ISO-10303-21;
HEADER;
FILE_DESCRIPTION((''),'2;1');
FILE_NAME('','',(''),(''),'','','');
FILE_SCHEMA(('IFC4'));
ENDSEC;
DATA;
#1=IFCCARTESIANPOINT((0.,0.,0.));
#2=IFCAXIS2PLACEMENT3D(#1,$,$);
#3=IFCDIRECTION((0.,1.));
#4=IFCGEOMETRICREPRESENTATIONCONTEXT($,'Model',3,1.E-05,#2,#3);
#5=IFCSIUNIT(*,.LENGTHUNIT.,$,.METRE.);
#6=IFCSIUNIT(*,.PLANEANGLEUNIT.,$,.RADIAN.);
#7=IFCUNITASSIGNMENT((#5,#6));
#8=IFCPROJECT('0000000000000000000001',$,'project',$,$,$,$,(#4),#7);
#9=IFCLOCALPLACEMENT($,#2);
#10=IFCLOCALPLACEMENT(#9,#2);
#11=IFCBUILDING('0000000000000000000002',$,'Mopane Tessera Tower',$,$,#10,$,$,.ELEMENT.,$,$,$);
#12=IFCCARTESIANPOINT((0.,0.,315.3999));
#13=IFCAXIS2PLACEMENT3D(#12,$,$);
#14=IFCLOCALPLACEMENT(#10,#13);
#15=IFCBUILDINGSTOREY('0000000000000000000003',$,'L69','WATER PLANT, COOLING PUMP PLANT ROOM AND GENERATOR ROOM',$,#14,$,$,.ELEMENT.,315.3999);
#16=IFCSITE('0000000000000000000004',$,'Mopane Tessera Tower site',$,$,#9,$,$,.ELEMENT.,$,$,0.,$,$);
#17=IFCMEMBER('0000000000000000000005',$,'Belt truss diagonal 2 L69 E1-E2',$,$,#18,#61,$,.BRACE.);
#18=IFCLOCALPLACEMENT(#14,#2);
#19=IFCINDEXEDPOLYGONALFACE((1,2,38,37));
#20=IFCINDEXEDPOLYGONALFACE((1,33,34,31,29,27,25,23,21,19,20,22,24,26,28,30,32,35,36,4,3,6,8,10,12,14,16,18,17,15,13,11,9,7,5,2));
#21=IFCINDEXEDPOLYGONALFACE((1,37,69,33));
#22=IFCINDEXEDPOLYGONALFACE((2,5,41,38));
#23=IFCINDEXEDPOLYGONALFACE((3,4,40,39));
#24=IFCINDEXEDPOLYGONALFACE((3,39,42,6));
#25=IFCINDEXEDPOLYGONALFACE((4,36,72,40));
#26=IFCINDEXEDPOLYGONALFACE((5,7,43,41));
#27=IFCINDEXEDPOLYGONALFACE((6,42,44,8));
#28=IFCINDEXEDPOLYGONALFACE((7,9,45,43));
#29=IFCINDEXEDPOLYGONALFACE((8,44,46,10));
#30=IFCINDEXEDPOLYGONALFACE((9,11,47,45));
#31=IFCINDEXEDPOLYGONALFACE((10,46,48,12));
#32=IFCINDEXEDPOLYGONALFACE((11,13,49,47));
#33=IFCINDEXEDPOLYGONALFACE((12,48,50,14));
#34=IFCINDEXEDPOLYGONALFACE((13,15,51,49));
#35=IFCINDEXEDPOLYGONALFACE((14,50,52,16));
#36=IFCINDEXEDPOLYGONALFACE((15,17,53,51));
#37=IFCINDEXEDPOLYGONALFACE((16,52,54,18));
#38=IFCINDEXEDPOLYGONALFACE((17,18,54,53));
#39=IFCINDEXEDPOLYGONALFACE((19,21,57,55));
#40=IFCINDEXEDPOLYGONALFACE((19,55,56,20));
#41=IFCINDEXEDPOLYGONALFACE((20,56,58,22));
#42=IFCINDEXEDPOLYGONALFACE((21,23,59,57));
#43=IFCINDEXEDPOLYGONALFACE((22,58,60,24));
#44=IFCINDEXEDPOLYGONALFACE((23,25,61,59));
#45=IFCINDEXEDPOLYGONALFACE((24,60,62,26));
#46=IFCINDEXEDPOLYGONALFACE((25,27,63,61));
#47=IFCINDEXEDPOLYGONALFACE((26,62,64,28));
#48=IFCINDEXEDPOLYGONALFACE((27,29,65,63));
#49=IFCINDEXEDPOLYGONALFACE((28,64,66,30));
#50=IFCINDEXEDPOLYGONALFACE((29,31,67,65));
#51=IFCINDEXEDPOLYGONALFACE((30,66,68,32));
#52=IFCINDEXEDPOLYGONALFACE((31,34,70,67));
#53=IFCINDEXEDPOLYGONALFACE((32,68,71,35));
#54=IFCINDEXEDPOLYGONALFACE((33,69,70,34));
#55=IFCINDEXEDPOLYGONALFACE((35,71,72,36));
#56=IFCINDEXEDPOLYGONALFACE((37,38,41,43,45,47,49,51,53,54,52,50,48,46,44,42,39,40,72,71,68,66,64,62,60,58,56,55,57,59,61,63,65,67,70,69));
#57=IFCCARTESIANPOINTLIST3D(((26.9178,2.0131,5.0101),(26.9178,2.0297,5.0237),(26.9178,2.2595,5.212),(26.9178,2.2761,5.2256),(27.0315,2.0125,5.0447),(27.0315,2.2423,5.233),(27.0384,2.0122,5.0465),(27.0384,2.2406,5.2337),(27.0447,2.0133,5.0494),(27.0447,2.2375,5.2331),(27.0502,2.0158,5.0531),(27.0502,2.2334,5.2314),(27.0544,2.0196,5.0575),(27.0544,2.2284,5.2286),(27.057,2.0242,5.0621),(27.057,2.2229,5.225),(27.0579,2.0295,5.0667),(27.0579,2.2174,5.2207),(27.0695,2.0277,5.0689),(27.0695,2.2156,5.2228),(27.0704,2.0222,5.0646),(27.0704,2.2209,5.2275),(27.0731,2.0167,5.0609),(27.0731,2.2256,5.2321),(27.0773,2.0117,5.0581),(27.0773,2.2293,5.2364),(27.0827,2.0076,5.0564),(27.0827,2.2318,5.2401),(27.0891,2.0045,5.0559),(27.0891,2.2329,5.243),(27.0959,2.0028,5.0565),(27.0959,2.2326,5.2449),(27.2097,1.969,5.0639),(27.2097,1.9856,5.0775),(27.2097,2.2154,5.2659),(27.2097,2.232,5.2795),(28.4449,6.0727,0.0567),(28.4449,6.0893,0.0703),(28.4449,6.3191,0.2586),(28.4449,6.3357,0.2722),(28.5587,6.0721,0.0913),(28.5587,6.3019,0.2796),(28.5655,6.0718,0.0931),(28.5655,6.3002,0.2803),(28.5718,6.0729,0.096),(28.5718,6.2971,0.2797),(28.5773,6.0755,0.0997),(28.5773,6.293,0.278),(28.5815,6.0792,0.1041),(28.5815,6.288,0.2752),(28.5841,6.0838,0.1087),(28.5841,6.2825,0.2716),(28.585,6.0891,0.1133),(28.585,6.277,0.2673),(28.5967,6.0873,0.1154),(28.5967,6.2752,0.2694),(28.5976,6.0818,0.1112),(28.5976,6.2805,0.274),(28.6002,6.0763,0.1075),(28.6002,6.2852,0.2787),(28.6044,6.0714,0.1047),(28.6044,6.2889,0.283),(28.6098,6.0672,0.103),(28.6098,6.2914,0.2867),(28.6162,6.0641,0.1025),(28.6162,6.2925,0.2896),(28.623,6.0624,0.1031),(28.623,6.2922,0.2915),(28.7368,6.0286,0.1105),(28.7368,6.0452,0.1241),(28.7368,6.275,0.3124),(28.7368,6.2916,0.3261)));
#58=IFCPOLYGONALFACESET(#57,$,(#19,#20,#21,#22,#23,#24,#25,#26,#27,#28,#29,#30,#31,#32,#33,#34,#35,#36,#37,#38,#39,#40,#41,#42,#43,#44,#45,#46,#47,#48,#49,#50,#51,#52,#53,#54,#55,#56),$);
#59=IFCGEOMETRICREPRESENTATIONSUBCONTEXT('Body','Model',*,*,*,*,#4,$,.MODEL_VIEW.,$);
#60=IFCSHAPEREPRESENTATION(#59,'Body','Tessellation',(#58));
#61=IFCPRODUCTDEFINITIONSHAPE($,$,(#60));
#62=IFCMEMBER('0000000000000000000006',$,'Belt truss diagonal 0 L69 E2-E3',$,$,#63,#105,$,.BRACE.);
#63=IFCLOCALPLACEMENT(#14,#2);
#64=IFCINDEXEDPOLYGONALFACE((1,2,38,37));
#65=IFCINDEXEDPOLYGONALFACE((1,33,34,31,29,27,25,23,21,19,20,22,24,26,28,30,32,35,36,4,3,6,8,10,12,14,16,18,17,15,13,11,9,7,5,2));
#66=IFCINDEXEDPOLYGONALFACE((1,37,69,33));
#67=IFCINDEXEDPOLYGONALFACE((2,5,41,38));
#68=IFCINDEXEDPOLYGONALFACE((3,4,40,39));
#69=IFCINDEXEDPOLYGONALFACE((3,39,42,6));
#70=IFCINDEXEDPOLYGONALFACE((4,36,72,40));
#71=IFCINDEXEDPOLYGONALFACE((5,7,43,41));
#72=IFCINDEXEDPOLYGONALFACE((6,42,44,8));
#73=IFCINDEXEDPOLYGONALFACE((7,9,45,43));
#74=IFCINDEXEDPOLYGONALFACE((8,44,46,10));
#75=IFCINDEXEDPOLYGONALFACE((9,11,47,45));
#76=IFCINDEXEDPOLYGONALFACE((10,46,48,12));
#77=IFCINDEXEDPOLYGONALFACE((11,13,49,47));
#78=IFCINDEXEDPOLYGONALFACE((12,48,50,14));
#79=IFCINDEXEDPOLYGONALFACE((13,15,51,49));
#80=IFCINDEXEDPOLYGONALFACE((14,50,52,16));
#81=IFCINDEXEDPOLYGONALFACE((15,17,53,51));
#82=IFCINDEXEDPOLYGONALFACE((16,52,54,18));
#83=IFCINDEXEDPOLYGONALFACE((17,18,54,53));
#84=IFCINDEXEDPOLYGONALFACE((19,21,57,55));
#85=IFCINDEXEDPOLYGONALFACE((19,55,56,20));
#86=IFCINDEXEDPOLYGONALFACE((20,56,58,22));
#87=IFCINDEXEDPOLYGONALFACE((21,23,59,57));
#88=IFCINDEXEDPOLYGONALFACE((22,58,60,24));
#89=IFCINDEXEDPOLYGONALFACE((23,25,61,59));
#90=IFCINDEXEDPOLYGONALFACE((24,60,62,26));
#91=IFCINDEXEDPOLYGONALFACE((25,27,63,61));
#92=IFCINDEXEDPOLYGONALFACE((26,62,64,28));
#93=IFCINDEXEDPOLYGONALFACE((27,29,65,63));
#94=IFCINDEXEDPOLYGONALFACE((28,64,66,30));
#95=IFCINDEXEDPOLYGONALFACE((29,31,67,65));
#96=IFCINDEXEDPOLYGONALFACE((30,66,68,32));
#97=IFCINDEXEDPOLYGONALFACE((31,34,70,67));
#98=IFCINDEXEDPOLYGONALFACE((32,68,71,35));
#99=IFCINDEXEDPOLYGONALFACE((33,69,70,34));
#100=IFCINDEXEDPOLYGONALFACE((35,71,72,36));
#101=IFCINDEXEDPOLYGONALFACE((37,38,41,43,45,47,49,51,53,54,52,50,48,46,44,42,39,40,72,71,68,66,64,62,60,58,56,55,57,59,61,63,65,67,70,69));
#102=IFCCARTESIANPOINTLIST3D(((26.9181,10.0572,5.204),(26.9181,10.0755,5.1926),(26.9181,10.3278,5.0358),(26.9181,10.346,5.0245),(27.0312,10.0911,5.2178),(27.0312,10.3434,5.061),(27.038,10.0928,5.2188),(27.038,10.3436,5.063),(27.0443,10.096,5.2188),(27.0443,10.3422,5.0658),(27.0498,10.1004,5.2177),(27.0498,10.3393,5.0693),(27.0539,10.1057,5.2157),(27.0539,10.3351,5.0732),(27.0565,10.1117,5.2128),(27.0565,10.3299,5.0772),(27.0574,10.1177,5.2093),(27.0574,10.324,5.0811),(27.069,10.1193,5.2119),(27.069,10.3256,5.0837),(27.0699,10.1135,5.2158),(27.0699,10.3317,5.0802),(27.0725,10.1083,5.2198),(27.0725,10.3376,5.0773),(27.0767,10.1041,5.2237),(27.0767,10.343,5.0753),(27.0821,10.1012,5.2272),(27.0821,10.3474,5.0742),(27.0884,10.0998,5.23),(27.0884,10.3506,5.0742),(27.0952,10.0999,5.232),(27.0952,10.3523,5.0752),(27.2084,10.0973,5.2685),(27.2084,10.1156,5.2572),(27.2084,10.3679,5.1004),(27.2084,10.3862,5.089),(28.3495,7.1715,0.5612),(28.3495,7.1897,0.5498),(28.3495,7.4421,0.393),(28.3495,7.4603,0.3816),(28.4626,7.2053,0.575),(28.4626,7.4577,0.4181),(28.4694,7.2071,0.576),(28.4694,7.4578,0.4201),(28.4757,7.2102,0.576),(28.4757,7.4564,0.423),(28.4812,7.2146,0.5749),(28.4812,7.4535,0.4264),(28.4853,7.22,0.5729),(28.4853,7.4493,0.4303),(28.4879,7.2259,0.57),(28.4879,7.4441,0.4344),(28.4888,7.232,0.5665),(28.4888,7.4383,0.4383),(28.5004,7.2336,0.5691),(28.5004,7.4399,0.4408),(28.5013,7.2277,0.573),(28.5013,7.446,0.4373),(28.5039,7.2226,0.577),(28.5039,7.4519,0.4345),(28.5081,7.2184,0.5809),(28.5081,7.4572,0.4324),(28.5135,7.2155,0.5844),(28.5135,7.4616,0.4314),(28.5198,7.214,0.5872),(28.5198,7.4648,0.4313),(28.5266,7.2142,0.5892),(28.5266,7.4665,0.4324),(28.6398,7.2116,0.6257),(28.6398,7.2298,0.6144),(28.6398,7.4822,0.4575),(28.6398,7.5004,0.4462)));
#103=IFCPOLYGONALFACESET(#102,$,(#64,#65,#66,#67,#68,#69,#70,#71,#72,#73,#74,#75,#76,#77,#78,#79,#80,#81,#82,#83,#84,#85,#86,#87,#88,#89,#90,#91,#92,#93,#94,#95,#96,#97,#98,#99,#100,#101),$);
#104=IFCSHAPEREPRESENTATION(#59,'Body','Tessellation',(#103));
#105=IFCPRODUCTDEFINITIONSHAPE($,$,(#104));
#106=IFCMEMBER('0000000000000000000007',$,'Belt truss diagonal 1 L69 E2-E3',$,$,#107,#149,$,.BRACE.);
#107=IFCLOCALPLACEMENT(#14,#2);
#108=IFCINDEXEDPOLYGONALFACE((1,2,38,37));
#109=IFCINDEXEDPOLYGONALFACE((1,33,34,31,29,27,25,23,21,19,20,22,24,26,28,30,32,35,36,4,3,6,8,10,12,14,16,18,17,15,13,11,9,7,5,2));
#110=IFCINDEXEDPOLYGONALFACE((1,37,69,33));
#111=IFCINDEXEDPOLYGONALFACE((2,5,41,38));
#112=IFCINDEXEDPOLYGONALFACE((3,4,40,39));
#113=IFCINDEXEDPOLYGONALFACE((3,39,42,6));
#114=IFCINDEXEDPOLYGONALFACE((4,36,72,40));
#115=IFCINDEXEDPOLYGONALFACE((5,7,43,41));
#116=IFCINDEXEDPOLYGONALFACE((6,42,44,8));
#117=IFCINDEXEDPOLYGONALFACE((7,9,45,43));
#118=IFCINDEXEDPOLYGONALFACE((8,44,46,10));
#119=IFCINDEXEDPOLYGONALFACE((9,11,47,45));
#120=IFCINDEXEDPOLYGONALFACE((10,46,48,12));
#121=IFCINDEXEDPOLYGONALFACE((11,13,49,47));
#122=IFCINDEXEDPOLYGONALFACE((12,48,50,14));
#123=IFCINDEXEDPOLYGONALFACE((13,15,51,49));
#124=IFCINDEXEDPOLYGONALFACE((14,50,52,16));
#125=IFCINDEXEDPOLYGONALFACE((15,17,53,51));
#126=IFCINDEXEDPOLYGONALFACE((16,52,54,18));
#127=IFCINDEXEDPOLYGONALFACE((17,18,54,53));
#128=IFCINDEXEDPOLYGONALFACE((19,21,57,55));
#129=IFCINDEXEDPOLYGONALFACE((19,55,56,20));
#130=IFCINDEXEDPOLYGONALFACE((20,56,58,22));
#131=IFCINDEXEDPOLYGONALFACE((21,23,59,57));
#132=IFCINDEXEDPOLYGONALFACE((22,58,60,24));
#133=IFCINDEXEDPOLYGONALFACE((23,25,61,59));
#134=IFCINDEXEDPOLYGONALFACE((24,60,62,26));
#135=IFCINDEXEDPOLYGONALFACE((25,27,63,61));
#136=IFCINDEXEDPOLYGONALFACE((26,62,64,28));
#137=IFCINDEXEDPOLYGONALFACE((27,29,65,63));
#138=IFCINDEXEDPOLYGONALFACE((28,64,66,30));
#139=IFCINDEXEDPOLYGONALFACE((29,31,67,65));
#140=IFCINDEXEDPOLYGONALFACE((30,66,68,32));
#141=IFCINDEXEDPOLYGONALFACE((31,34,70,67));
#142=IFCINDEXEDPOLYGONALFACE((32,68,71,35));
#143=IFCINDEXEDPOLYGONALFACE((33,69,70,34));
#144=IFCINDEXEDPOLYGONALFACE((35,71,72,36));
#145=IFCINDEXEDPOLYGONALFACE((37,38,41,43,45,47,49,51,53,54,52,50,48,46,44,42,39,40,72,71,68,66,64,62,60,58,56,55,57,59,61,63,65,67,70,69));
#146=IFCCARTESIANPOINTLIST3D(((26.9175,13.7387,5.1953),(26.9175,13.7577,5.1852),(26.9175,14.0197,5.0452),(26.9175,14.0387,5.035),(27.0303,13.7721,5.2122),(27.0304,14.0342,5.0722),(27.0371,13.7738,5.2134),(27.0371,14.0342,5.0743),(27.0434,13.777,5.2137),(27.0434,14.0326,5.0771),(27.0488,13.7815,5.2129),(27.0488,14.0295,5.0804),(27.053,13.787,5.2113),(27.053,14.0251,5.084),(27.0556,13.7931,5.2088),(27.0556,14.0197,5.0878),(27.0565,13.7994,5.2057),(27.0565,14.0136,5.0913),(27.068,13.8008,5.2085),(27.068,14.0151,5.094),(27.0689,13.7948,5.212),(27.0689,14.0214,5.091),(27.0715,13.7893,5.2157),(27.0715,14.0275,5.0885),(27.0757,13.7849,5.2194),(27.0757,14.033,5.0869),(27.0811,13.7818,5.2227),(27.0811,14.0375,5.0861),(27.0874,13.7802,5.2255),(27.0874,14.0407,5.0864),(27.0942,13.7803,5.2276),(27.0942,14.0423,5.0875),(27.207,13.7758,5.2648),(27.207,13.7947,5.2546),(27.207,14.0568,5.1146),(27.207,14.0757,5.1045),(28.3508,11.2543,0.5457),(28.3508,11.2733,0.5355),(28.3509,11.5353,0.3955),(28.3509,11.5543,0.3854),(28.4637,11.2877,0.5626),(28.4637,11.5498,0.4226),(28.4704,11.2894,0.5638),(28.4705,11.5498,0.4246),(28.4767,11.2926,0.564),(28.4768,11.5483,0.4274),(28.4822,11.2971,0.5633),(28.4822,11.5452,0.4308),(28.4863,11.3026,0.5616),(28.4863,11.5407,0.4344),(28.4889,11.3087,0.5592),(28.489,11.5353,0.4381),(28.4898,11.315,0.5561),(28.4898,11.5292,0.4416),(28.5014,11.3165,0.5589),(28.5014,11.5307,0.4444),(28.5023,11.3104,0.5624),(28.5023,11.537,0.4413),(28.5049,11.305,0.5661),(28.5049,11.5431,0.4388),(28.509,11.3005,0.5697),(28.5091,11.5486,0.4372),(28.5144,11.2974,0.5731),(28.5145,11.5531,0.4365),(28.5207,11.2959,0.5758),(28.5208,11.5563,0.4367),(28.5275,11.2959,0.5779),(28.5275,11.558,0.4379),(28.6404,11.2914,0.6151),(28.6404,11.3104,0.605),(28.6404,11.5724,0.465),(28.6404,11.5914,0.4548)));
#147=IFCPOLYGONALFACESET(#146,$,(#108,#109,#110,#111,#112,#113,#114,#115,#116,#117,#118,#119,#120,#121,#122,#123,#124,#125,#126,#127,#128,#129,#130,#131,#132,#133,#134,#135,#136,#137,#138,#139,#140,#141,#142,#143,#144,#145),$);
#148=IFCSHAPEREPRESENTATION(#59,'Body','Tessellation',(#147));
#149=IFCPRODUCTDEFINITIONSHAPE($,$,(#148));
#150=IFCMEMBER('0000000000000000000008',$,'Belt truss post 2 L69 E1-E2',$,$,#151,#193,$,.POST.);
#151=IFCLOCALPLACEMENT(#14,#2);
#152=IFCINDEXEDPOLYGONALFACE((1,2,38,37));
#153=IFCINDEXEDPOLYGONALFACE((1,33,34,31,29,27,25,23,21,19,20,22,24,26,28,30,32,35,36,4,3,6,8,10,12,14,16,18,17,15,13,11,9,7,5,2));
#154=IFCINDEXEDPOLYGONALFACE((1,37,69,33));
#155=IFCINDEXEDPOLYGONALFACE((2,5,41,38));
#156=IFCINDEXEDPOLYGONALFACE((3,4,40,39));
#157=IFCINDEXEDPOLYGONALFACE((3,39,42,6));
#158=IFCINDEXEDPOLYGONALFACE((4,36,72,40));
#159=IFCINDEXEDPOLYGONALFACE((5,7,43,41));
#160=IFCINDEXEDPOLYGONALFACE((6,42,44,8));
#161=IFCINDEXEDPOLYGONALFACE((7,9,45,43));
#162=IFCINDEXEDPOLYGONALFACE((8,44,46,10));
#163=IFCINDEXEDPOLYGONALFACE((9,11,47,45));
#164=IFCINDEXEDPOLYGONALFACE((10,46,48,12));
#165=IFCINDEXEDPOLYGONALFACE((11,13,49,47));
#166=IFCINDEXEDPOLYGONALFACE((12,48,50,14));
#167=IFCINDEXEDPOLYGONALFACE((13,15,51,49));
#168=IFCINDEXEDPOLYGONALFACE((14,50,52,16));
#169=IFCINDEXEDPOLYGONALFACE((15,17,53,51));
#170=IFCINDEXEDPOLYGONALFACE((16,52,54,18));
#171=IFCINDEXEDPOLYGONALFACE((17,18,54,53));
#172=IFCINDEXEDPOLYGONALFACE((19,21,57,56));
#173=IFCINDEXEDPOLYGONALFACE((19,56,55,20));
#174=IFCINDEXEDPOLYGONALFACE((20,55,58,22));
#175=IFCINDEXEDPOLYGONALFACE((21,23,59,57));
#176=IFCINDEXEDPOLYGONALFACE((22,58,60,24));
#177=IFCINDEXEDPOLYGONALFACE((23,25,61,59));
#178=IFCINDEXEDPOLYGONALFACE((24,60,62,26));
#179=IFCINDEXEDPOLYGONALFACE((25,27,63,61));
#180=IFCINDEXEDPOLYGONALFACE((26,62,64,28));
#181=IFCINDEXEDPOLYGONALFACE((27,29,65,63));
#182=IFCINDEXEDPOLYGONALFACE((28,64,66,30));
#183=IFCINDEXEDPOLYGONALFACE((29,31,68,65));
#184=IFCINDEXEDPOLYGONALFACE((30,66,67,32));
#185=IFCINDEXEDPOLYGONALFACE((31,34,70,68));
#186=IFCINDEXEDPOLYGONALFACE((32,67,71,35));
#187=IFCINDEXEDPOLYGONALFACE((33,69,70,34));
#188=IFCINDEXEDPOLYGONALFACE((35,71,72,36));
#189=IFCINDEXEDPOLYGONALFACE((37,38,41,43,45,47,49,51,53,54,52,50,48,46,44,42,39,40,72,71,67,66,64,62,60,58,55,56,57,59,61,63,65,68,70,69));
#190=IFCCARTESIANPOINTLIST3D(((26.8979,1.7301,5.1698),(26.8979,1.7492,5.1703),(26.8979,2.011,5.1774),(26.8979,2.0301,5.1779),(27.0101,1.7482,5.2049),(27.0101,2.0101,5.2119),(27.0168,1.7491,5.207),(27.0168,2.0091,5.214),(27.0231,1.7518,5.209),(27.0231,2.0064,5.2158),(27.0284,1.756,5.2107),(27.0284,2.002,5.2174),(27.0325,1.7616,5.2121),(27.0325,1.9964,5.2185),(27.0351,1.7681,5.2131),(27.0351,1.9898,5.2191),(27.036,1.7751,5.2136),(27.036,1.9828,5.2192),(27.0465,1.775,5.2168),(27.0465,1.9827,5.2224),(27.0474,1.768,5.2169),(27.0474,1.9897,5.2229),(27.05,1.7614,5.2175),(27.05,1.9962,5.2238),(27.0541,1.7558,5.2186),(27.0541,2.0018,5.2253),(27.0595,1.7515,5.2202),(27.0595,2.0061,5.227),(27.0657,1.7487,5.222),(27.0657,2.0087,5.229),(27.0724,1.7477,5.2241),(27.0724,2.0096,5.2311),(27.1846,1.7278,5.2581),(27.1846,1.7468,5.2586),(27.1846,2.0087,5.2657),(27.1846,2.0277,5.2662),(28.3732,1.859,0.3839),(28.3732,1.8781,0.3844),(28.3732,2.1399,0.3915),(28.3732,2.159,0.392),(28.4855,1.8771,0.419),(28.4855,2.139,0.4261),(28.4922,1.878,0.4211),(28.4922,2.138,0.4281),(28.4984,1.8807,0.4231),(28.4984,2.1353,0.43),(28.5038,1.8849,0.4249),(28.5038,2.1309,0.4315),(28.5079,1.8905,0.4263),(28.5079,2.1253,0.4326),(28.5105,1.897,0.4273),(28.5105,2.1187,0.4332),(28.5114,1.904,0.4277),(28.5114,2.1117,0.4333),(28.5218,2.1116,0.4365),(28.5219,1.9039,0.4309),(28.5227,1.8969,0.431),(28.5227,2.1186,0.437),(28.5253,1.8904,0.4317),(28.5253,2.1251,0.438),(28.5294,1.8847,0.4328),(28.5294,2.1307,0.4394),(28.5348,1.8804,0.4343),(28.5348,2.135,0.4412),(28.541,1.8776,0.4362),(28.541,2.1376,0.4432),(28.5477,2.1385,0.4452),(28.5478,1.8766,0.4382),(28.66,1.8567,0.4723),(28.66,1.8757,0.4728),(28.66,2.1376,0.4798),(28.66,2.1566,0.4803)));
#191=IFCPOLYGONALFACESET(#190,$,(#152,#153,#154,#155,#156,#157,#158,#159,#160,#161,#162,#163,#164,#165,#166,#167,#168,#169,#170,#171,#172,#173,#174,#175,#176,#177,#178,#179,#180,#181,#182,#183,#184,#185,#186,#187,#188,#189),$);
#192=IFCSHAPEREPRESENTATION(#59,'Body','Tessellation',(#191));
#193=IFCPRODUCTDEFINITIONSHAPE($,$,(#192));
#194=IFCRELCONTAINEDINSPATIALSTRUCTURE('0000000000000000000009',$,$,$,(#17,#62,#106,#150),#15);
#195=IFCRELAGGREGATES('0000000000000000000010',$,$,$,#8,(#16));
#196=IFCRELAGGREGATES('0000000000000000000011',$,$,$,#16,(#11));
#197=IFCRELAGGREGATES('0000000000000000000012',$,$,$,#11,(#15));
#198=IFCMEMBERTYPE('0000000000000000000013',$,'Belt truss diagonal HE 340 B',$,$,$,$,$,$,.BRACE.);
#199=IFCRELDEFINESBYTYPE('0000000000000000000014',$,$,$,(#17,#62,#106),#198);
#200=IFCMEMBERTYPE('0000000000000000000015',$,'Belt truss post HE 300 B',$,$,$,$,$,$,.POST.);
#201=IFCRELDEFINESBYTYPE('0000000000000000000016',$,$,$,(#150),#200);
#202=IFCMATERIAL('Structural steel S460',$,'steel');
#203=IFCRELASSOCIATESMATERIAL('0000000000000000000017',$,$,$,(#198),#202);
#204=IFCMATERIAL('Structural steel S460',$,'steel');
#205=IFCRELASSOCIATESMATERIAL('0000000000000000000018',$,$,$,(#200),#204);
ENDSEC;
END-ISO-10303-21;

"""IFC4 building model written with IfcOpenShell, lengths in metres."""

from ifc_helpers import new_model, si_unit, direction, frame, origin, origin_2d, place, context, subcontext, project, spatial, i_section, extrude, material, material_profile, profile_set, type_object, element, save


model = new_model("IFC4")

# Units and contexts
model_context = context("Model", 3, precision=1e-05, world=origin(), true_north=direction((0.0, 1.0)))
body_context = subcontext(model_context, "Body", "Model", "MODEL_VIEW")
ifc_project = project(units=[si_unit("LENGTHUNIT", "METRE"), si_unit("PLANEANGLEUNIT", "RADIAN")], contexts=[model_context])

# Site, building, storey
site_placement = place(None, origin())
site = spatial("IfcSite", under=ifc_project, at=site_placement, Name="Mopane Tessera Tower site", CompositionType="ELEMENT", RefElevation=0.0)
building_placement = place(site_placement, origin())
building = spatial("IfcBuilding", under=site, at=building_placement, Name="Mopane Tessera Tower", CompositionType="ELEMENT")
storey_placement = place(building_placement, frame((0.0, 0.0, 315.3999)))
storey = spatial("IfcBuildingStorey", under=building, at=storey_placement, Name="L69", Description="WATER PLANT, COOLING PUMP PLANT ROOM AND GENERATOR ROOM", CompositionType="ELEMENT", Elevation=315.3999)

# Members
ifc_material_1 = material(Name="Structural steel S460", Category="steel")
ifc_material_profile_1 = material_profile(ifc_material_1, i_section(OverallWidth=0.3, OverallDepth=0.3401, WebThickness=0.012, FlangeThickness=0.0215, FilletRadius=0.0271, at=origin_2d()))
ifc_profile_set_1 = profile_set([ifc_material_profile_1], Name="Structural steel S460")
member_type_1 = type_object("IfcMemberType", Name="Belt truss diagonal HE 340 B", PredefinedType="BRACE", material=ifc_profile_set_1)
member_1_placement = place(storey_placement, frame((27.0637, 2.1226, 5.1448), z_axis=(0.231944, 0.616589, -0.752343), x_axis=(-0.972729, 0.147027, -0.179391)))
element("IfcMember", 1, at=member_1_placement, inside=storey, type_object=member_type_1, Name="Belt truss diagonal 2 L69 E1-E2", PredefinedType="BRACE", context=body_context, shape_type="SweptSolid", body=[
    extrude(i_section(OverallWidth=0.3, OverallDepth=0.3401, WebThickness=0.012, FlangeThickness=0.0215, FilletRadius=0.0271, at=origin_2d()), origin(), (0.0, 0.0, 1.0), 6.584),
])
member_2_placement = place(storey_placement, frame((28.4946, 7.3359, 0.5037), z_axis=(-0.253306, 0.510673, 0.821614), x_axis=(-0.967386, -0.133718, -0.215136)))
element("IfcMember", 2, at=member_2_placement, inside=storey, type_object=member_type_1, Name="Belt truss diagonal 0 L69 E2-E3", PredefinedType="BRACE", context=body_context, shape_type="SweptSolid", body=[
    extrude(i_section(OverallWidth=0.3, OverallDepth=0.3401, WebThickness=0.012, FlangeThickness=0.0215, FilletRadius=0.0271, at=origin_2d()), origin(), (0.0, 0.0, 1.0), 5.6509),
])
member_3_placement = place(storey_placement, frame((28.4956, 11.4229, 0.5002), z_axis=(-0.262367, 0.454752, 0.851096), x_axis=(-0.964968, -0.123549, -0.231457)))
element("IfcMember", 3, at=member_3_placement, inside=storey, type_object=member_type_1, Name="Belt truss diagonal 1 L69 E2-E3", PredefinedType="BRACE", context=body_context, shape_type="SweptSolid", body=[
    extrude(i_section(OverallWidth=0.3, OverallDepth=0.3401, WebThickness=0.012, FlangeThickness=0.0215, FilletRadius=0.0271, at=origin_2d()), origin(), (0.0, 0.0, 1.0), 5.4631),
])
ifc_material_2 = material(Name="Structural steel S460", Category="steel")
ifc_material_profile_2 = material_profile(ifc_material_2, i_section(OverallWidth=0.3, OverallDepth=0.3, WebThickness=0.011, FlangeThickness=0.019, FilletRadius=0.0271, at=origin_2d()))
ifc_profile_set_2 = profile_set([ifc_material_profile_2], Name="Structural steel S460")
member_type_2 = type_object("IfcMemberType", Name="Belt truss post HE 300 B", PredefinedType="POST", material=ifc_profile_set_2)
member_4_placement = place(storey_placement, frame((28.5166, 2.0078, 0.4321), z_axis=(-0.294492, -0.025731, 0.955308), x_axis=(-0.955654, 0.007911, -0.294386)))
element("IfcMember", 4, at=member_4_placement, inside=storey, type_object=member_type_2, Name="Belt truss post 2 L69 E1-E2", PredefinedType="POST", context=body_context, shape_type="SweptSolid", body=[
    extrude(i_section(OverallWidth=0.3, OverallDepth=0.3, WebThickness=0.011, FlangeThickness=0.019, FilletRadius=0.0271, at=origin_2d()), origin(), (0.0, 0.0, 1.0), 5.0098),
])

save(model, "model.ifc")
